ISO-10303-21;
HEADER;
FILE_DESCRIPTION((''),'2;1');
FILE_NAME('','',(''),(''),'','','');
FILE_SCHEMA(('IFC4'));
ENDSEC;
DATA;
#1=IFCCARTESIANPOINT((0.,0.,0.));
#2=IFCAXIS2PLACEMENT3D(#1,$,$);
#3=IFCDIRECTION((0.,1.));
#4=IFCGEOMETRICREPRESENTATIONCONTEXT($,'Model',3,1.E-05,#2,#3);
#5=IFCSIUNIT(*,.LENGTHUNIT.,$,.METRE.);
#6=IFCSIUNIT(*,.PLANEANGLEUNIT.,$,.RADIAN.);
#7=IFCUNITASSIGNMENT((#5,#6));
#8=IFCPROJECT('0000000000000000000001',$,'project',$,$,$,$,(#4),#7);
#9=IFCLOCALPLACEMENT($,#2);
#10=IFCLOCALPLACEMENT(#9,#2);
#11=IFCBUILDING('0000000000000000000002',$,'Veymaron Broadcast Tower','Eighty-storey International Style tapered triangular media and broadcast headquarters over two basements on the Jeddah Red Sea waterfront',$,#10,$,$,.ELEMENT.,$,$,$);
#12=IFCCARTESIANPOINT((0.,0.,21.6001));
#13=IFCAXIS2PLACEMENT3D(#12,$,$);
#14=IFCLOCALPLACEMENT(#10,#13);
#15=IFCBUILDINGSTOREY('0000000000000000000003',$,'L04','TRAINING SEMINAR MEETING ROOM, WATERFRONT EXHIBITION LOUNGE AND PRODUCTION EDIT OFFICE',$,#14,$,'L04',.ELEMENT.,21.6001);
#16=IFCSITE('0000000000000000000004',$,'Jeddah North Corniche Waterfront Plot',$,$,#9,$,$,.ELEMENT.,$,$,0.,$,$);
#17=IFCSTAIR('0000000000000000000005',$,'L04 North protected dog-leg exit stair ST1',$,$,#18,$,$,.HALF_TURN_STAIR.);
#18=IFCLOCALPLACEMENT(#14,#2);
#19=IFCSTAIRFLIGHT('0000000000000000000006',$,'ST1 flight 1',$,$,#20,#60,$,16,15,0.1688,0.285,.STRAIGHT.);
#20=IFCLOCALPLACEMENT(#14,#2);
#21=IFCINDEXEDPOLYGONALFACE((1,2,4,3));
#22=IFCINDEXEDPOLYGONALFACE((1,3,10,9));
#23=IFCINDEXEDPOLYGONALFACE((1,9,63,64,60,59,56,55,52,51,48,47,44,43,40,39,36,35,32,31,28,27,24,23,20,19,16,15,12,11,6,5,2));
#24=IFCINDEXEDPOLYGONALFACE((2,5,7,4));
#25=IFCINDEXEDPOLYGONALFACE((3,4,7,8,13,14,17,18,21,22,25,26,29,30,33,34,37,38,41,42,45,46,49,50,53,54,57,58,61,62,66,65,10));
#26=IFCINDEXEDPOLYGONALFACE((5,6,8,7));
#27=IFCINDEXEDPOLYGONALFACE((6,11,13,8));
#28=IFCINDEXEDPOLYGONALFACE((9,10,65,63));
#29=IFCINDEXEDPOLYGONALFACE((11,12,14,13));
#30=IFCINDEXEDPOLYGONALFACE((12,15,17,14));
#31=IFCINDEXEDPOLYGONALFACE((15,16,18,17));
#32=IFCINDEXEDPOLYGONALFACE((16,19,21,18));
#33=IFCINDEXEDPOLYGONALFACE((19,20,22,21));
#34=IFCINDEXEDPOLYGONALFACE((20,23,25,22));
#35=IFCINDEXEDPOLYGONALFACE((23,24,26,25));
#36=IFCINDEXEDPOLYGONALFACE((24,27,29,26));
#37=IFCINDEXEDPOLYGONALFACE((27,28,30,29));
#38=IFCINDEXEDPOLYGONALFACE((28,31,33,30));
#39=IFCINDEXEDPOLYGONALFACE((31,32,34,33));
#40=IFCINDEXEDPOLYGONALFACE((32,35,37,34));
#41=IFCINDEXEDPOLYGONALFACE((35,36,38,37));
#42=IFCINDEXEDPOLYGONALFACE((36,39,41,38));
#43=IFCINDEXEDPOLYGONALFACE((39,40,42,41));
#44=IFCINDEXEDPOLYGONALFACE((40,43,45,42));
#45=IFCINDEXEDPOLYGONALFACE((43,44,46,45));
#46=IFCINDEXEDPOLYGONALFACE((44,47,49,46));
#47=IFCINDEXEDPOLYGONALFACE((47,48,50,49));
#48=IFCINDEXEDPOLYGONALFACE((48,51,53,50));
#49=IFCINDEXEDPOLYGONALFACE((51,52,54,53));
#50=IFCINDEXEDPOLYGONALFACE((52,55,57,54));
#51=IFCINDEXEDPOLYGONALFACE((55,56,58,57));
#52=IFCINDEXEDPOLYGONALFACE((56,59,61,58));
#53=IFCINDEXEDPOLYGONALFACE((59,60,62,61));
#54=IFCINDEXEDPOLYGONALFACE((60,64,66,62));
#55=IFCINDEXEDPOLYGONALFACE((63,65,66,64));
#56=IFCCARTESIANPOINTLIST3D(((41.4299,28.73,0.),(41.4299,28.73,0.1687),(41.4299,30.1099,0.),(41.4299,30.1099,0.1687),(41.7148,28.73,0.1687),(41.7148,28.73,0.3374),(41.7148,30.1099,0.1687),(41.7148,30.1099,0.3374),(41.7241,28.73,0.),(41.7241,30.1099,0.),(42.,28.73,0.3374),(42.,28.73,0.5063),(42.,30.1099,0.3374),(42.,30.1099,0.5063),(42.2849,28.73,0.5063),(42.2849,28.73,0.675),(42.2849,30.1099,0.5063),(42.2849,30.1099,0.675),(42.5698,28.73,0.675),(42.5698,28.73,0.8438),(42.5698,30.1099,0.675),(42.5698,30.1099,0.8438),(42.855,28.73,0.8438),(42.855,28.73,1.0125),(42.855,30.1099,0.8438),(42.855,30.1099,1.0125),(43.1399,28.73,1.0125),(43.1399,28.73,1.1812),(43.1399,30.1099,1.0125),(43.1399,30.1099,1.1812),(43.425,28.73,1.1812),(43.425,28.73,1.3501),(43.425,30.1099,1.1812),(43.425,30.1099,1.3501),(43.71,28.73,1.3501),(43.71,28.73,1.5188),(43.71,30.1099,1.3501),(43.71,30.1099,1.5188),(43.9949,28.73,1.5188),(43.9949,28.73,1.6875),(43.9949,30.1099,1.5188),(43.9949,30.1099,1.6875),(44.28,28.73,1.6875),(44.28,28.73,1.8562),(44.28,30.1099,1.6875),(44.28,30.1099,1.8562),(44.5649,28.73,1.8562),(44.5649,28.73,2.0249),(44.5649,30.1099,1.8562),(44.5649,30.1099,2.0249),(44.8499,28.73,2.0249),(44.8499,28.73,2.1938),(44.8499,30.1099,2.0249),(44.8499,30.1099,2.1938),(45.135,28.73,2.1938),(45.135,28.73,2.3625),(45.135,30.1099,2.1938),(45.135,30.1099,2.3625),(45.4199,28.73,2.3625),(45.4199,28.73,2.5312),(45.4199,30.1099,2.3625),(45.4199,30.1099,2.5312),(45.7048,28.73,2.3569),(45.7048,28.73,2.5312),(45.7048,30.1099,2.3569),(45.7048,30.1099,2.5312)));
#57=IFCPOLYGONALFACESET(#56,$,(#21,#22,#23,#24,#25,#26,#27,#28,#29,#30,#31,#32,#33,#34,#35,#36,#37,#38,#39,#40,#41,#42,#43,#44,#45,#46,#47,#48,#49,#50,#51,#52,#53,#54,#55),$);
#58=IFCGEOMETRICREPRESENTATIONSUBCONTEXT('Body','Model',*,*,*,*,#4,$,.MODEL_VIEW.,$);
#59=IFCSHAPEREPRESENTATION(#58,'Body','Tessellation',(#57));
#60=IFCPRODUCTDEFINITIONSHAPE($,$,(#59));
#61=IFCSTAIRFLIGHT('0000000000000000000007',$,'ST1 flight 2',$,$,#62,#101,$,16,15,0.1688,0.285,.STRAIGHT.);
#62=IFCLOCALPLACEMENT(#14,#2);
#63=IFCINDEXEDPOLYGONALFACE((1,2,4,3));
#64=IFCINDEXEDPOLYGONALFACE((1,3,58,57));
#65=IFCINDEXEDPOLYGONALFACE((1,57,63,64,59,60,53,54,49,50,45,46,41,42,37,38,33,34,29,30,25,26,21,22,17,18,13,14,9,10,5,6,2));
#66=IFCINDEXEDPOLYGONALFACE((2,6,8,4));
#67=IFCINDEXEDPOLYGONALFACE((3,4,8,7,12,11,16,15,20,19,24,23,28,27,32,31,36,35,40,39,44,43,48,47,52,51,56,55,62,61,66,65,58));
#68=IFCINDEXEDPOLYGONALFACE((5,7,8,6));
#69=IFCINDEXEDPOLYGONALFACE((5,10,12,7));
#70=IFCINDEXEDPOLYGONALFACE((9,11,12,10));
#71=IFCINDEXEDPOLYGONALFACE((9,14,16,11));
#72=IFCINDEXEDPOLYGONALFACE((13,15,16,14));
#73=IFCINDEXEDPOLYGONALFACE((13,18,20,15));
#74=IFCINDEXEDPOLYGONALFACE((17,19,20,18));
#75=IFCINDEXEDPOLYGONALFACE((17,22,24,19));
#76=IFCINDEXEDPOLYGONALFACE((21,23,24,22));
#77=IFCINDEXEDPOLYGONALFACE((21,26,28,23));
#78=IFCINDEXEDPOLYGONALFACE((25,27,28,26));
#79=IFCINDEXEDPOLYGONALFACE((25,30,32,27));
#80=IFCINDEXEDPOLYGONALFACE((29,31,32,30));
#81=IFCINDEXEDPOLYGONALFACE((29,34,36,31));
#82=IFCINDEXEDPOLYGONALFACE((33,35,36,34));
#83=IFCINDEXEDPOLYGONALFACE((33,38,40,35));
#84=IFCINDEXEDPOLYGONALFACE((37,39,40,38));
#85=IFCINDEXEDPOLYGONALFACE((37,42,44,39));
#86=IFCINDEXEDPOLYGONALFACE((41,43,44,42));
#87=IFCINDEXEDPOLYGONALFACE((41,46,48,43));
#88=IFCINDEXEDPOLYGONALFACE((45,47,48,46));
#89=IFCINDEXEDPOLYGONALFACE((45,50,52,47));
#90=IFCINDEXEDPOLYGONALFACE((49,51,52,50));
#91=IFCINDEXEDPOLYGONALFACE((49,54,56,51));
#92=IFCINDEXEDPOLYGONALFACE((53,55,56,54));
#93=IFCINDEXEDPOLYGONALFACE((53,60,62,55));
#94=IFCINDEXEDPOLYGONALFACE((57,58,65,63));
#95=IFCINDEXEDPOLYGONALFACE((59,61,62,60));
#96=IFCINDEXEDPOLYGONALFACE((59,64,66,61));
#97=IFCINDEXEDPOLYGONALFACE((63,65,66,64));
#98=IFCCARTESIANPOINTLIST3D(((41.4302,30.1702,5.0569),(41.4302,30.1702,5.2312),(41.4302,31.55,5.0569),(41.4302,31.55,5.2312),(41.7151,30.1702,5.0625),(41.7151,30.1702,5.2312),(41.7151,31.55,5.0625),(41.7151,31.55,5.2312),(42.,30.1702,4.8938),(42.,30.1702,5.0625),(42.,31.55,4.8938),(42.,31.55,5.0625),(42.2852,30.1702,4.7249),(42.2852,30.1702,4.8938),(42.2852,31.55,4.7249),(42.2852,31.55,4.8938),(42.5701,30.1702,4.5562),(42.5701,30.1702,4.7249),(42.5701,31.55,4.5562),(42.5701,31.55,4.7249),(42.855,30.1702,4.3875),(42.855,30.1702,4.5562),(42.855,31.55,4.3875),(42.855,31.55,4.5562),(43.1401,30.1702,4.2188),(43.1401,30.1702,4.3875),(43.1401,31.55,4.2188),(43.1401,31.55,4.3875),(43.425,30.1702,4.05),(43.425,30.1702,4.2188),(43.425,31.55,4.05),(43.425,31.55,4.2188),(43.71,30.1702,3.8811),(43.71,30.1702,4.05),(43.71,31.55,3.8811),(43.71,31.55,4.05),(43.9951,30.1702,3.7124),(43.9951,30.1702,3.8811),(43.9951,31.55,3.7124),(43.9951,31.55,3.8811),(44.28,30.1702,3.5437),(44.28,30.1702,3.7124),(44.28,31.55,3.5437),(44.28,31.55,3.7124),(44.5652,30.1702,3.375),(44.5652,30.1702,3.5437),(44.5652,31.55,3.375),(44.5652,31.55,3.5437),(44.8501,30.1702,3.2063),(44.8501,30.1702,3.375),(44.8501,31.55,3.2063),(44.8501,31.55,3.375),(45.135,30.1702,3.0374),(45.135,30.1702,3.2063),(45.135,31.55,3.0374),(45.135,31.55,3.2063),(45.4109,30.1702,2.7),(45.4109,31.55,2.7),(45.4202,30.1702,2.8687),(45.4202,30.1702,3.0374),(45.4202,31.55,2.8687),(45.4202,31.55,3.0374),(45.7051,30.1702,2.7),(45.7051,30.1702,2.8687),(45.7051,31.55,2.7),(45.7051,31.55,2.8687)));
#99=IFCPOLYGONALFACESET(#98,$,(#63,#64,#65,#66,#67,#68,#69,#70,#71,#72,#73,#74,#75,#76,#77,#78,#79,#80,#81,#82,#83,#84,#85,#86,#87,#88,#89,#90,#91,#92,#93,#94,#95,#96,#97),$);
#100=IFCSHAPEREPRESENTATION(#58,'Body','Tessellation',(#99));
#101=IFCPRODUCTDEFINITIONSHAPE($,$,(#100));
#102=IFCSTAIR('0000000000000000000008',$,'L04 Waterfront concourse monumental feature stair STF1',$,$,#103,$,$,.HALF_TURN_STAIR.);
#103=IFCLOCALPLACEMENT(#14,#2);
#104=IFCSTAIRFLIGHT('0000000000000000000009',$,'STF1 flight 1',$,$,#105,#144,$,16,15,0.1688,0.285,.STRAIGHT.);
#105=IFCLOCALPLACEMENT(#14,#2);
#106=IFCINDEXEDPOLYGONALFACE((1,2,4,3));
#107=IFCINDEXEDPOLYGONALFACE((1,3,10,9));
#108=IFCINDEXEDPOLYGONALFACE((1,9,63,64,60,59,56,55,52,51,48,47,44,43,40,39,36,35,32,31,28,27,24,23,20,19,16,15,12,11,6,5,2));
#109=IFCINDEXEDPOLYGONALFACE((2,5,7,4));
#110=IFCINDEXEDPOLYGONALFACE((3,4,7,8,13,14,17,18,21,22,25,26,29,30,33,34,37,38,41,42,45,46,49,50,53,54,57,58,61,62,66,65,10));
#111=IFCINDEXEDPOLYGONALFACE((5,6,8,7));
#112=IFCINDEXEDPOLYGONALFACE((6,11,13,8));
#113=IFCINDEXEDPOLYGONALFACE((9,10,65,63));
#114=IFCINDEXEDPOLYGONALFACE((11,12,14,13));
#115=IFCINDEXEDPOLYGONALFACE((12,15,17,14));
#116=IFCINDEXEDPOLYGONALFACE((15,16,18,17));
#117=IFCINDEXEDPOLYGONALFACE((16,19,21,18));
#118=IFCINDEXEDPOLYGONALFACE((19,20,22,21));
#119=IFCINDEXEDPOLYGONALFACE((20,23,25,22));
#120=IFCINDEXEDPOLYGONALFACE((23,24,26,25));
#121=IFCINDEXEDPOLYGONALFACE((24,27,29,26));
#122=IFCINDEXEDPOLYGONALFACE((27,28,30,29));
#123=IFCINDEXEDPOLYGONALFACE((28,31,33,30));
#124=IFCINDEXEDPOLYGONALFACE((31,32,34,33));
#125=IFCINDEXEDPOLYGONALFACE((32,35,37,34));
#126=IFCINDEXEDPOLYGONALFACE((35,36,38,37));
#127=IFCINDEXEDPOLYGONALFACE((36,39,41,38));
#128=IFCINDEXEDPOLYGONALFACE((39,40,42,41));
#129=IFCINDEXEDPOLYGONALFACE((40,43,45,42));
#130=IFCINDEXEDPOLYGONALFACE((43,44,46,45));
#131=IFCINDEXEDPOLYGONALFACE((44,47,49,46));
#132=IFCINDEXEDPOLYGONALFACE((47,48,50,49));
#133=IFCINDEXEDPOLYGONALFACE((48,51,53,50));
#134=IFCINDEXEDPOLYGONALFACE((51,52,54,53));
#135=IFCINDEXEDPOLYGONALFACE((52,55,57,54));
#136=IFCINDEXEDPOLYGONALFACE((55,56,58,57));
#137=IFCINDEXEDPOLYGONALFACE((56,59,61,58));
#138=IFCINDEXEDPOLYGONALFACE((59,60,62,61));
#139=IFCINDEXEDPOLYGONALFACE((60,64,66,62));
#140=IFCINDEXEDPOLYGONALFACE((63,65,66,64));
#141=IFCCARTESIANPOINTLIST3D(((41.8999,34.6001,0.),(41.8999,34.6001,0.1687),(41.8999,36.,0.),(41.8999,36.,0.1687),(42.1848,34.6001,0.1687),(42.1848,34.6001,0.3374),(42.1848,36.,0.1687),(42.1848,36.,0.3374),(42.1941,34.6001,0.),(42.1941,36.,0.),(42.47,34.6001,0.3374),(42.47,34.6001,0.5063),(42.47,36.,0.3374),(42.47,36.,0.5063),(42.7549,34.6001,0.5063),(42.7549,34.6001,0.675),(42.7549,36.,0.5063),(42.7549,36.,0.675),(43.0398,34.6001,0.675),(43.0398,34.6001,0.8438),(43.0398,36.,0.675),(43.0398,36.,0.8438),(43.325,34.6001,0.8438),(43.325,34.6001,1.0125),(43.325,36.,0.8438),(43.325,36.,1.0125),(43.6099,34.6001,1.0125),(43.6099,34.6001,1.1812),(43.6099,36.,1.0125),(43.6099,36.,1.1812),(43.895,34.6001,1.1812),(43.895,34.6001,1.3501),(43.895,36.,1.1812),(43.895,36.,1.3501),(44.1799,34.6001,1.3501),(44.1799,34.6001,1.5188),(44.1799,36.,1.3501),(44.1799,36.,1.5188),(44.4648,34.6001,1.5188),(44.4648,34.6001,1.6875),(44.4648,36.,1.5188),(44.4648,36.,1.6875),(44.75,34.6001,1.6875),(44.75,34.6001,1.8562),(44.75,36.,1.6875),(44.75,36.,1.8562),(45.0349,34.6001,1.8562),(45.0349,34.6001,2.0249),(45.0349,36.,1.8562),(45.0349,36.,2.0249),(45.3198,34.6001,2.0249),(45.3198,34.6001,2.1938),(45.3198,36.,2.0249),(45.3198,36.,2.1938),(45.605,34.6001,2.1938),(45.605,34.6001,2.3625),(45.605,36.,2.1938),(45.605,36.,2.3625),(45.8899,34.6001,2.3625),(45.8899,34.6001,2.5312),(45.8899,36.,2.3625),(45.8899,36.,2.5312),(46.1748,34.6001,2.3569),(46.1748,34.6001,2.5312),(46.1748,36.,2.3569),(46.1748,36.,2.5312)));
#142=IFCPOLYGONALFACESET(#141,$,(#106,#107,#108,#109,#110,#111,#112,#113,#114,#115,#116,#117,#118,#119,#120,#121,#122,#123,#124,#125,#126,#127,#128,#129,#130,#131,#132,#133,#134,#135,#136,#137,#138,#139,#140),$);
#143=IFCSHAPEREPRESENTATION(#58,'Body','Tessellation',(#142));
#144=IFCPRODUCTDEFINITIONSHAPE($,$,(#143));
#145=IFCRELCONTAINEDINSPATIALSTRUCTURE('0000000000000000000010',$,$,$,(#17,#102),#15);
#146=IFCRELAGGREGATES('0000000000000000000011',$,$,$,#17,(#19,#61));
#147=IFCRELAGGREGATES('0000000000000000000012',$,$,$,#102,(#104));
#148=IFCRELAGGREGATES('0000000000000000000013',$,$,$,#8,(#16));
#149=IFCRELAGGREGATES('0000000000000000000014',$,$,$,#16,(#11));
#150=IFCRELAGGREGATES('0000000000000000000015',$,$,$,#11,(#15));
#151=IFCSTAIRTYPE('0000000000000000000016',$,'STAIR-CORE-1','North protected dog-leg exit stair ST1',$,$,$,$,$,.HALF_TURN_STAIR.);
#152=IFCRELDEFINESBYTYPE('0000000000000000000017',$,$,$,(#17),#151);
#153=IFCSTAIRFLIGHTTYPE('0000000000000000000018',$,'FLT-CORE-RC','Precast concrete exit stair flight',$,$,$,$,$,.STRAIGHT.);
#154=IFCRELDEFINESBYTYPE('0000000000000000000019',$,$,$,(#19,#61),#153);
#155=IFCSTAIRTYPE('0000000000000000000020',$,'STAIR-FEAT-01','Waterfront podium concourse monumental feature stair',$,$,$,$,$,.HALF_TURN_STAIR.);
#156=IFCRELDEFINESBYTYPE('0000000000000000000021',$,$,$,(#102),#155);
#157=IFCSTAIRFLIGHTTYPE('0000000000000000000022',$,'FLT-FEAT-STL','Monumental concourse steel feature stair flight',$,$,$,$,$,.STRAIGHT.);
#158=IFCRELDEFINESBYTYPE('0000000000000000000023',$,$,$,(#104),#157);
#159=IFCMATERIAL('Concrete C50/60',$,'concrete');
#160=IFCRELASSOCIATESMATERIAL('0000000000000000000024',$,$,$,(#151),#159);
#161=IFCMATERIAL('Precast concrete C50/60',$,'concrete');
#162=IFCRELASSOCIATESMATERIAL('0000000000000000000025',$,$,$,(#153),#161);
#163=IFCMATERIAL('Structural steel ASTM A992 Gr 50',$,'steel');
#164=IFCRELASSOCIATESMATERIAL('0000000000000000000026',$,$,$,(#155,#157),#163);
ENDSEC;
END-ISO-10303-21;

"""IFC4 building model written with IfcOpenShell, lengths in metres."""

from ifc_helpers import new_model, si_unit, direction, frame, origin, place, context, subcontext, project, spatial, polyline, outline, extrude, material, type_object, element, aggregate, save


model = new_model("IFC4")

# Units and contexts
model_context = context("Model", 3, precision=1e-05, world=origin(), true_north=direction((0.0, 1.0)))
body_context = subcontext(model_context, "Body", "Model", "MODEL_VIEW")
ifc_project = project(units=[si_unit("LENGTHUNIT", "METRE"), si_unit("PLANEANGLEUNIT", "RADIAN")], contexts=[model_context])

# Site, building, storey
site_placement = place(None, origin())
site = spatial("IfcSite", under=ifc_project, at=site_placement, Name="Jeddah North Corniche Waterfront Plot", CompositionType="ELEMENT", RefElevation=0.0)
building_placement = place(site_placement, origin())
building = spatial("IfcBuilding", under=site, at=building_placement, Name="Veymaron Broadcast Tower", Description="Eighty-storey International Style tapered triangular media and broadcast headquarters over two basements on the Jeddah Red Sea waterfront", CompositionType="ELEMENT")
storey_placement = place(building_placement, frame((0.0, 0.0, 21.6001)))
storey = spatial("IfcBuildingStorey", under=building, at=storey_placement, Name="L04", Description="TRAINING SEMINAR MEETING ROOM, WATERFRONT EXHIBITION LOUNGE AND PRODUCTION EDIT OFFICE", LongName="L04", CompositionType="ELEMENT", Elevation=21.6001)

# Shared definitions
ifc_material_1 = material(Name="Structural steel ASTM A992 Gr 50", Category="steel")

# Shared definitions
ifc_material_2 = material(Name="Concrete C50/60", Category="concrete")

# Stair, stair flights
stair_type_1 = type_object("IfcStairType", Name="STAIR-CORE-1", Description="North protected dog-leg exit stair ST1", PredefinedType="HALF_TURN_STAIR", material=ifc_material_2)
stair_1_placement = place(storey_placement, origin())
stair_1 = element("IfcStair", 1, at=stair_1_placement, inside=storey, type_object=stair_type_1, Name="L04 North protected dog-leg exit stair ST1", PredefinedType="HALF_TURN_STAIR")
ifc_material_3 = material(Name="Precast concrete C50/60", Category="concrete")
stair_flight_type_1 = type_object("IfcStairFlightType", Name="FLT-CORE-RC", Description="Precast concrete exit stair flight", PredefinedType="STRAIGHT", material=ifc_material_3)
stair_flight_1_placement = place(storey_placement, frame((41.4299, 29.4199, 0.0), z_axis=(0.0, 0.0, 1.0), x_axis=(1.0, 0.0, 0.0)))
stair_flight_1 = element("IfcStairFlight", 2, at=stair_flight_1_placement, type_object=stair_flight_type_1, Name="ST1 flight 1", NumberOfRisers=16, NumberOfTreads=15, PredefinedType="STRAIGHT", RiserHeight=0.1688, TreadLength=0.285, context=body_context, shape_type="SweptSolid", body=[
    extrude(outline(polyline([(0.0, 0.0), (0.0, 0.1687), (0.2849, 0.1687), (0.2849, 0.3374), (0.5701, 0.3374), (0.5701, 0.5063), (0.855, 0.5063), (0.855, 0.675), (1.1399, 0.675), (1.1399, 0.8438), (1.425, 0.8438), (1.425, 1.0125), (1.71, 1.0125), (1.71, 1.1812), (1.9951, 1.1812), (1.9951, 1.3501), (2.28, 1.3501), (2.28, 1.5188), (2.5649, 1.5188), (2.5649, 1.6875), (2.8501, 1.6875), (2.8501, 1.8562), (3.135, 1.8562), (3.135, 2.0249), (3.4199, 2.0249), (3.4199, 2.1938), (3.7051, 2.1938), (3.7051, 2.3625), (3.99, 2.3625), (3.99, 2.5312), (4.2749, 2.5312), (4.2749, 2.7), (4.2749, 2.3569), (0.2942, 0.0), (0.0, 0.0)])), frame((0.0, 0.6899, 0.0), z_axis=(0.0, -1.0, 0.0), x_axis=(1.0, 0.0, 0.0)), (0.0, 0.0, 1.0), 1.3799),
])
stair_flight_2_placement = place(storey_placement, frame((45.7051, 30.8601, 2.7), z_axis=(0.0, 0.0, 1.0), x_axis=(-1.0, 0.0, 0.0)))
stair_flight_2 = element("IfcStairFlight", 3, at=stair_flight_2_placement, type_object=stair_flight_type_1, Name="ST1 flight 2", NumberOfRisers=16, NumberOfTreads=15, PredefinedType="STRAIGHT", RiserHeight=0.1688, TreadLength=0.285, context=body_context, shape_type="SweptSolid", body=[
    extrude(outline(polyline([(0.0, 0.0), (0.0, 0.1687), (0.2849, 0.1687), (0.2849, 0.3374), (0.5701, 0.3374), (0.5701, 0.5063), (0.855, 0.5063), (0.855, 0.675), (1.1399, 0.675), (1.1399, 0.8438), (1.425, 0.8438), (1.425, 1.0125), (1.71, 1.0125), (1.71, 1.1812), (1.9951, 1.1812), (1.9951, 1.3501), (2.28, 1.3501), (2.28, 1.5188), (2.5649, 1.5188), (2.5649, 1.6875), (2.8501, 1.6875), (2.8501, 1.8562), (3.135, 1.8562), (3.135, 2.0249), (3.4199, 2.0249), (3.4199, 2.1938), (3.7051, 2.1938), (3.7051, 2.3625), (3.99, 2.3625), (3.99, 2.5312), (4.2749, 2.5312), (4.2749, 2.7), (4.2749, 2.3569), (0.2942, 0.0), (0.0, 0.0)])), frame((0.0, 0.6899, 0.0), z_axis=(0.0, -1.0, 0.0), x_axis=(1.0, 0.0, 0.0)), (0.0, 0.0, 1.0), 1.3799),
])
aggregate(stair_1, [stair_flight_1, stair_flight_2])

# Stair, stair flight
stair_type_2 = type_object("IfcStairType", Name="STAIR-FEAT-01", Description="Waterfront podium concourse monumental feature stair", PredefinedType="HALF_TURN_STAIR", material=ifc_material_1)
stair_2_placement = place(storey_placement, origin())
stair_2 = element("IfcStair", 4, at=stair_2_placement, inside=storey, type_object=stair_type_2, Name="L04 Waterfront concourse monumental feature stair STF1", PredefinedType="HALF_TURN_STAIR")
stair_flight_type_2 = type_object("IfcStairFlightType", Name="FLT-FEAT-STL", Description="Monumental concourse steel feature stair flight", PredefinedType="STRAIGHT", material=ifc_material_1)
stair_flight_3_placement = place(storey_placement, frame((41.8999, 35.3, 0.0), z_axis=(0.0, 0.0, 1.0), x_axis=(1.0, 0.0, 0.0)))
stair_flight_3 = element("IfcStairFlight", 5, at=stair_flight_3_placement, type_object=stair_flight_type_2, Name="STF1 flight 1", NumberOfRisers=16, NumberOfTreads=15, PredefinedType="STRAIGHT", RiserHeight=0.1688, TreadLength=0.285, context=body_context, shape_type="SweptSolid", body=[
    extrude(outline(polyline([(0.0, 0.0), (0.0, 0.1687), (0.2849, 0.1687), (0.2849, 0.3374), (0.5701, 0.3374), (0.5701, 0.5063), (0.855, 0.5063), (0.855, 0.675), (1.1399, 0.675), (1.1399, 0.8438), (1.425, 0.8438), (1.425, 1.0125), (1.71, 1.0125), (1.71, 1.1812), (1.9951, 1.1812), (1.9951, 1.3501), (2.28, 1.3501), (2.28, 1.5188), (2.5649, 1.5188), (2.5649, 1.6875), (2.8501, 1.6875), (2.8501, 1.8562), (3.135, 1.8562), (3.135, 2.0249), (3.4199, 2.0249), (3.4199, 2.1938), (3.7051, 2.1938), (3.7051, 2.3625), (3.99, 2.3625), (3.99, 2.5312), (4.2749, 2.5312), (4.2749, 2.7), (4.2749, 2.3569), (0.2942, 0.0), (0.0, 0.0)])), frame((0.0, 0.7, 0.0), z_axis=(0.0, -1.0, 0.0), x_axis=(1.0, 0.0, 0.0)), (0.0, 0.0, 1.0), 1.3999),
])
aggregate(stair_2, [stair_flight_3])

save(model, "model.ifc")
